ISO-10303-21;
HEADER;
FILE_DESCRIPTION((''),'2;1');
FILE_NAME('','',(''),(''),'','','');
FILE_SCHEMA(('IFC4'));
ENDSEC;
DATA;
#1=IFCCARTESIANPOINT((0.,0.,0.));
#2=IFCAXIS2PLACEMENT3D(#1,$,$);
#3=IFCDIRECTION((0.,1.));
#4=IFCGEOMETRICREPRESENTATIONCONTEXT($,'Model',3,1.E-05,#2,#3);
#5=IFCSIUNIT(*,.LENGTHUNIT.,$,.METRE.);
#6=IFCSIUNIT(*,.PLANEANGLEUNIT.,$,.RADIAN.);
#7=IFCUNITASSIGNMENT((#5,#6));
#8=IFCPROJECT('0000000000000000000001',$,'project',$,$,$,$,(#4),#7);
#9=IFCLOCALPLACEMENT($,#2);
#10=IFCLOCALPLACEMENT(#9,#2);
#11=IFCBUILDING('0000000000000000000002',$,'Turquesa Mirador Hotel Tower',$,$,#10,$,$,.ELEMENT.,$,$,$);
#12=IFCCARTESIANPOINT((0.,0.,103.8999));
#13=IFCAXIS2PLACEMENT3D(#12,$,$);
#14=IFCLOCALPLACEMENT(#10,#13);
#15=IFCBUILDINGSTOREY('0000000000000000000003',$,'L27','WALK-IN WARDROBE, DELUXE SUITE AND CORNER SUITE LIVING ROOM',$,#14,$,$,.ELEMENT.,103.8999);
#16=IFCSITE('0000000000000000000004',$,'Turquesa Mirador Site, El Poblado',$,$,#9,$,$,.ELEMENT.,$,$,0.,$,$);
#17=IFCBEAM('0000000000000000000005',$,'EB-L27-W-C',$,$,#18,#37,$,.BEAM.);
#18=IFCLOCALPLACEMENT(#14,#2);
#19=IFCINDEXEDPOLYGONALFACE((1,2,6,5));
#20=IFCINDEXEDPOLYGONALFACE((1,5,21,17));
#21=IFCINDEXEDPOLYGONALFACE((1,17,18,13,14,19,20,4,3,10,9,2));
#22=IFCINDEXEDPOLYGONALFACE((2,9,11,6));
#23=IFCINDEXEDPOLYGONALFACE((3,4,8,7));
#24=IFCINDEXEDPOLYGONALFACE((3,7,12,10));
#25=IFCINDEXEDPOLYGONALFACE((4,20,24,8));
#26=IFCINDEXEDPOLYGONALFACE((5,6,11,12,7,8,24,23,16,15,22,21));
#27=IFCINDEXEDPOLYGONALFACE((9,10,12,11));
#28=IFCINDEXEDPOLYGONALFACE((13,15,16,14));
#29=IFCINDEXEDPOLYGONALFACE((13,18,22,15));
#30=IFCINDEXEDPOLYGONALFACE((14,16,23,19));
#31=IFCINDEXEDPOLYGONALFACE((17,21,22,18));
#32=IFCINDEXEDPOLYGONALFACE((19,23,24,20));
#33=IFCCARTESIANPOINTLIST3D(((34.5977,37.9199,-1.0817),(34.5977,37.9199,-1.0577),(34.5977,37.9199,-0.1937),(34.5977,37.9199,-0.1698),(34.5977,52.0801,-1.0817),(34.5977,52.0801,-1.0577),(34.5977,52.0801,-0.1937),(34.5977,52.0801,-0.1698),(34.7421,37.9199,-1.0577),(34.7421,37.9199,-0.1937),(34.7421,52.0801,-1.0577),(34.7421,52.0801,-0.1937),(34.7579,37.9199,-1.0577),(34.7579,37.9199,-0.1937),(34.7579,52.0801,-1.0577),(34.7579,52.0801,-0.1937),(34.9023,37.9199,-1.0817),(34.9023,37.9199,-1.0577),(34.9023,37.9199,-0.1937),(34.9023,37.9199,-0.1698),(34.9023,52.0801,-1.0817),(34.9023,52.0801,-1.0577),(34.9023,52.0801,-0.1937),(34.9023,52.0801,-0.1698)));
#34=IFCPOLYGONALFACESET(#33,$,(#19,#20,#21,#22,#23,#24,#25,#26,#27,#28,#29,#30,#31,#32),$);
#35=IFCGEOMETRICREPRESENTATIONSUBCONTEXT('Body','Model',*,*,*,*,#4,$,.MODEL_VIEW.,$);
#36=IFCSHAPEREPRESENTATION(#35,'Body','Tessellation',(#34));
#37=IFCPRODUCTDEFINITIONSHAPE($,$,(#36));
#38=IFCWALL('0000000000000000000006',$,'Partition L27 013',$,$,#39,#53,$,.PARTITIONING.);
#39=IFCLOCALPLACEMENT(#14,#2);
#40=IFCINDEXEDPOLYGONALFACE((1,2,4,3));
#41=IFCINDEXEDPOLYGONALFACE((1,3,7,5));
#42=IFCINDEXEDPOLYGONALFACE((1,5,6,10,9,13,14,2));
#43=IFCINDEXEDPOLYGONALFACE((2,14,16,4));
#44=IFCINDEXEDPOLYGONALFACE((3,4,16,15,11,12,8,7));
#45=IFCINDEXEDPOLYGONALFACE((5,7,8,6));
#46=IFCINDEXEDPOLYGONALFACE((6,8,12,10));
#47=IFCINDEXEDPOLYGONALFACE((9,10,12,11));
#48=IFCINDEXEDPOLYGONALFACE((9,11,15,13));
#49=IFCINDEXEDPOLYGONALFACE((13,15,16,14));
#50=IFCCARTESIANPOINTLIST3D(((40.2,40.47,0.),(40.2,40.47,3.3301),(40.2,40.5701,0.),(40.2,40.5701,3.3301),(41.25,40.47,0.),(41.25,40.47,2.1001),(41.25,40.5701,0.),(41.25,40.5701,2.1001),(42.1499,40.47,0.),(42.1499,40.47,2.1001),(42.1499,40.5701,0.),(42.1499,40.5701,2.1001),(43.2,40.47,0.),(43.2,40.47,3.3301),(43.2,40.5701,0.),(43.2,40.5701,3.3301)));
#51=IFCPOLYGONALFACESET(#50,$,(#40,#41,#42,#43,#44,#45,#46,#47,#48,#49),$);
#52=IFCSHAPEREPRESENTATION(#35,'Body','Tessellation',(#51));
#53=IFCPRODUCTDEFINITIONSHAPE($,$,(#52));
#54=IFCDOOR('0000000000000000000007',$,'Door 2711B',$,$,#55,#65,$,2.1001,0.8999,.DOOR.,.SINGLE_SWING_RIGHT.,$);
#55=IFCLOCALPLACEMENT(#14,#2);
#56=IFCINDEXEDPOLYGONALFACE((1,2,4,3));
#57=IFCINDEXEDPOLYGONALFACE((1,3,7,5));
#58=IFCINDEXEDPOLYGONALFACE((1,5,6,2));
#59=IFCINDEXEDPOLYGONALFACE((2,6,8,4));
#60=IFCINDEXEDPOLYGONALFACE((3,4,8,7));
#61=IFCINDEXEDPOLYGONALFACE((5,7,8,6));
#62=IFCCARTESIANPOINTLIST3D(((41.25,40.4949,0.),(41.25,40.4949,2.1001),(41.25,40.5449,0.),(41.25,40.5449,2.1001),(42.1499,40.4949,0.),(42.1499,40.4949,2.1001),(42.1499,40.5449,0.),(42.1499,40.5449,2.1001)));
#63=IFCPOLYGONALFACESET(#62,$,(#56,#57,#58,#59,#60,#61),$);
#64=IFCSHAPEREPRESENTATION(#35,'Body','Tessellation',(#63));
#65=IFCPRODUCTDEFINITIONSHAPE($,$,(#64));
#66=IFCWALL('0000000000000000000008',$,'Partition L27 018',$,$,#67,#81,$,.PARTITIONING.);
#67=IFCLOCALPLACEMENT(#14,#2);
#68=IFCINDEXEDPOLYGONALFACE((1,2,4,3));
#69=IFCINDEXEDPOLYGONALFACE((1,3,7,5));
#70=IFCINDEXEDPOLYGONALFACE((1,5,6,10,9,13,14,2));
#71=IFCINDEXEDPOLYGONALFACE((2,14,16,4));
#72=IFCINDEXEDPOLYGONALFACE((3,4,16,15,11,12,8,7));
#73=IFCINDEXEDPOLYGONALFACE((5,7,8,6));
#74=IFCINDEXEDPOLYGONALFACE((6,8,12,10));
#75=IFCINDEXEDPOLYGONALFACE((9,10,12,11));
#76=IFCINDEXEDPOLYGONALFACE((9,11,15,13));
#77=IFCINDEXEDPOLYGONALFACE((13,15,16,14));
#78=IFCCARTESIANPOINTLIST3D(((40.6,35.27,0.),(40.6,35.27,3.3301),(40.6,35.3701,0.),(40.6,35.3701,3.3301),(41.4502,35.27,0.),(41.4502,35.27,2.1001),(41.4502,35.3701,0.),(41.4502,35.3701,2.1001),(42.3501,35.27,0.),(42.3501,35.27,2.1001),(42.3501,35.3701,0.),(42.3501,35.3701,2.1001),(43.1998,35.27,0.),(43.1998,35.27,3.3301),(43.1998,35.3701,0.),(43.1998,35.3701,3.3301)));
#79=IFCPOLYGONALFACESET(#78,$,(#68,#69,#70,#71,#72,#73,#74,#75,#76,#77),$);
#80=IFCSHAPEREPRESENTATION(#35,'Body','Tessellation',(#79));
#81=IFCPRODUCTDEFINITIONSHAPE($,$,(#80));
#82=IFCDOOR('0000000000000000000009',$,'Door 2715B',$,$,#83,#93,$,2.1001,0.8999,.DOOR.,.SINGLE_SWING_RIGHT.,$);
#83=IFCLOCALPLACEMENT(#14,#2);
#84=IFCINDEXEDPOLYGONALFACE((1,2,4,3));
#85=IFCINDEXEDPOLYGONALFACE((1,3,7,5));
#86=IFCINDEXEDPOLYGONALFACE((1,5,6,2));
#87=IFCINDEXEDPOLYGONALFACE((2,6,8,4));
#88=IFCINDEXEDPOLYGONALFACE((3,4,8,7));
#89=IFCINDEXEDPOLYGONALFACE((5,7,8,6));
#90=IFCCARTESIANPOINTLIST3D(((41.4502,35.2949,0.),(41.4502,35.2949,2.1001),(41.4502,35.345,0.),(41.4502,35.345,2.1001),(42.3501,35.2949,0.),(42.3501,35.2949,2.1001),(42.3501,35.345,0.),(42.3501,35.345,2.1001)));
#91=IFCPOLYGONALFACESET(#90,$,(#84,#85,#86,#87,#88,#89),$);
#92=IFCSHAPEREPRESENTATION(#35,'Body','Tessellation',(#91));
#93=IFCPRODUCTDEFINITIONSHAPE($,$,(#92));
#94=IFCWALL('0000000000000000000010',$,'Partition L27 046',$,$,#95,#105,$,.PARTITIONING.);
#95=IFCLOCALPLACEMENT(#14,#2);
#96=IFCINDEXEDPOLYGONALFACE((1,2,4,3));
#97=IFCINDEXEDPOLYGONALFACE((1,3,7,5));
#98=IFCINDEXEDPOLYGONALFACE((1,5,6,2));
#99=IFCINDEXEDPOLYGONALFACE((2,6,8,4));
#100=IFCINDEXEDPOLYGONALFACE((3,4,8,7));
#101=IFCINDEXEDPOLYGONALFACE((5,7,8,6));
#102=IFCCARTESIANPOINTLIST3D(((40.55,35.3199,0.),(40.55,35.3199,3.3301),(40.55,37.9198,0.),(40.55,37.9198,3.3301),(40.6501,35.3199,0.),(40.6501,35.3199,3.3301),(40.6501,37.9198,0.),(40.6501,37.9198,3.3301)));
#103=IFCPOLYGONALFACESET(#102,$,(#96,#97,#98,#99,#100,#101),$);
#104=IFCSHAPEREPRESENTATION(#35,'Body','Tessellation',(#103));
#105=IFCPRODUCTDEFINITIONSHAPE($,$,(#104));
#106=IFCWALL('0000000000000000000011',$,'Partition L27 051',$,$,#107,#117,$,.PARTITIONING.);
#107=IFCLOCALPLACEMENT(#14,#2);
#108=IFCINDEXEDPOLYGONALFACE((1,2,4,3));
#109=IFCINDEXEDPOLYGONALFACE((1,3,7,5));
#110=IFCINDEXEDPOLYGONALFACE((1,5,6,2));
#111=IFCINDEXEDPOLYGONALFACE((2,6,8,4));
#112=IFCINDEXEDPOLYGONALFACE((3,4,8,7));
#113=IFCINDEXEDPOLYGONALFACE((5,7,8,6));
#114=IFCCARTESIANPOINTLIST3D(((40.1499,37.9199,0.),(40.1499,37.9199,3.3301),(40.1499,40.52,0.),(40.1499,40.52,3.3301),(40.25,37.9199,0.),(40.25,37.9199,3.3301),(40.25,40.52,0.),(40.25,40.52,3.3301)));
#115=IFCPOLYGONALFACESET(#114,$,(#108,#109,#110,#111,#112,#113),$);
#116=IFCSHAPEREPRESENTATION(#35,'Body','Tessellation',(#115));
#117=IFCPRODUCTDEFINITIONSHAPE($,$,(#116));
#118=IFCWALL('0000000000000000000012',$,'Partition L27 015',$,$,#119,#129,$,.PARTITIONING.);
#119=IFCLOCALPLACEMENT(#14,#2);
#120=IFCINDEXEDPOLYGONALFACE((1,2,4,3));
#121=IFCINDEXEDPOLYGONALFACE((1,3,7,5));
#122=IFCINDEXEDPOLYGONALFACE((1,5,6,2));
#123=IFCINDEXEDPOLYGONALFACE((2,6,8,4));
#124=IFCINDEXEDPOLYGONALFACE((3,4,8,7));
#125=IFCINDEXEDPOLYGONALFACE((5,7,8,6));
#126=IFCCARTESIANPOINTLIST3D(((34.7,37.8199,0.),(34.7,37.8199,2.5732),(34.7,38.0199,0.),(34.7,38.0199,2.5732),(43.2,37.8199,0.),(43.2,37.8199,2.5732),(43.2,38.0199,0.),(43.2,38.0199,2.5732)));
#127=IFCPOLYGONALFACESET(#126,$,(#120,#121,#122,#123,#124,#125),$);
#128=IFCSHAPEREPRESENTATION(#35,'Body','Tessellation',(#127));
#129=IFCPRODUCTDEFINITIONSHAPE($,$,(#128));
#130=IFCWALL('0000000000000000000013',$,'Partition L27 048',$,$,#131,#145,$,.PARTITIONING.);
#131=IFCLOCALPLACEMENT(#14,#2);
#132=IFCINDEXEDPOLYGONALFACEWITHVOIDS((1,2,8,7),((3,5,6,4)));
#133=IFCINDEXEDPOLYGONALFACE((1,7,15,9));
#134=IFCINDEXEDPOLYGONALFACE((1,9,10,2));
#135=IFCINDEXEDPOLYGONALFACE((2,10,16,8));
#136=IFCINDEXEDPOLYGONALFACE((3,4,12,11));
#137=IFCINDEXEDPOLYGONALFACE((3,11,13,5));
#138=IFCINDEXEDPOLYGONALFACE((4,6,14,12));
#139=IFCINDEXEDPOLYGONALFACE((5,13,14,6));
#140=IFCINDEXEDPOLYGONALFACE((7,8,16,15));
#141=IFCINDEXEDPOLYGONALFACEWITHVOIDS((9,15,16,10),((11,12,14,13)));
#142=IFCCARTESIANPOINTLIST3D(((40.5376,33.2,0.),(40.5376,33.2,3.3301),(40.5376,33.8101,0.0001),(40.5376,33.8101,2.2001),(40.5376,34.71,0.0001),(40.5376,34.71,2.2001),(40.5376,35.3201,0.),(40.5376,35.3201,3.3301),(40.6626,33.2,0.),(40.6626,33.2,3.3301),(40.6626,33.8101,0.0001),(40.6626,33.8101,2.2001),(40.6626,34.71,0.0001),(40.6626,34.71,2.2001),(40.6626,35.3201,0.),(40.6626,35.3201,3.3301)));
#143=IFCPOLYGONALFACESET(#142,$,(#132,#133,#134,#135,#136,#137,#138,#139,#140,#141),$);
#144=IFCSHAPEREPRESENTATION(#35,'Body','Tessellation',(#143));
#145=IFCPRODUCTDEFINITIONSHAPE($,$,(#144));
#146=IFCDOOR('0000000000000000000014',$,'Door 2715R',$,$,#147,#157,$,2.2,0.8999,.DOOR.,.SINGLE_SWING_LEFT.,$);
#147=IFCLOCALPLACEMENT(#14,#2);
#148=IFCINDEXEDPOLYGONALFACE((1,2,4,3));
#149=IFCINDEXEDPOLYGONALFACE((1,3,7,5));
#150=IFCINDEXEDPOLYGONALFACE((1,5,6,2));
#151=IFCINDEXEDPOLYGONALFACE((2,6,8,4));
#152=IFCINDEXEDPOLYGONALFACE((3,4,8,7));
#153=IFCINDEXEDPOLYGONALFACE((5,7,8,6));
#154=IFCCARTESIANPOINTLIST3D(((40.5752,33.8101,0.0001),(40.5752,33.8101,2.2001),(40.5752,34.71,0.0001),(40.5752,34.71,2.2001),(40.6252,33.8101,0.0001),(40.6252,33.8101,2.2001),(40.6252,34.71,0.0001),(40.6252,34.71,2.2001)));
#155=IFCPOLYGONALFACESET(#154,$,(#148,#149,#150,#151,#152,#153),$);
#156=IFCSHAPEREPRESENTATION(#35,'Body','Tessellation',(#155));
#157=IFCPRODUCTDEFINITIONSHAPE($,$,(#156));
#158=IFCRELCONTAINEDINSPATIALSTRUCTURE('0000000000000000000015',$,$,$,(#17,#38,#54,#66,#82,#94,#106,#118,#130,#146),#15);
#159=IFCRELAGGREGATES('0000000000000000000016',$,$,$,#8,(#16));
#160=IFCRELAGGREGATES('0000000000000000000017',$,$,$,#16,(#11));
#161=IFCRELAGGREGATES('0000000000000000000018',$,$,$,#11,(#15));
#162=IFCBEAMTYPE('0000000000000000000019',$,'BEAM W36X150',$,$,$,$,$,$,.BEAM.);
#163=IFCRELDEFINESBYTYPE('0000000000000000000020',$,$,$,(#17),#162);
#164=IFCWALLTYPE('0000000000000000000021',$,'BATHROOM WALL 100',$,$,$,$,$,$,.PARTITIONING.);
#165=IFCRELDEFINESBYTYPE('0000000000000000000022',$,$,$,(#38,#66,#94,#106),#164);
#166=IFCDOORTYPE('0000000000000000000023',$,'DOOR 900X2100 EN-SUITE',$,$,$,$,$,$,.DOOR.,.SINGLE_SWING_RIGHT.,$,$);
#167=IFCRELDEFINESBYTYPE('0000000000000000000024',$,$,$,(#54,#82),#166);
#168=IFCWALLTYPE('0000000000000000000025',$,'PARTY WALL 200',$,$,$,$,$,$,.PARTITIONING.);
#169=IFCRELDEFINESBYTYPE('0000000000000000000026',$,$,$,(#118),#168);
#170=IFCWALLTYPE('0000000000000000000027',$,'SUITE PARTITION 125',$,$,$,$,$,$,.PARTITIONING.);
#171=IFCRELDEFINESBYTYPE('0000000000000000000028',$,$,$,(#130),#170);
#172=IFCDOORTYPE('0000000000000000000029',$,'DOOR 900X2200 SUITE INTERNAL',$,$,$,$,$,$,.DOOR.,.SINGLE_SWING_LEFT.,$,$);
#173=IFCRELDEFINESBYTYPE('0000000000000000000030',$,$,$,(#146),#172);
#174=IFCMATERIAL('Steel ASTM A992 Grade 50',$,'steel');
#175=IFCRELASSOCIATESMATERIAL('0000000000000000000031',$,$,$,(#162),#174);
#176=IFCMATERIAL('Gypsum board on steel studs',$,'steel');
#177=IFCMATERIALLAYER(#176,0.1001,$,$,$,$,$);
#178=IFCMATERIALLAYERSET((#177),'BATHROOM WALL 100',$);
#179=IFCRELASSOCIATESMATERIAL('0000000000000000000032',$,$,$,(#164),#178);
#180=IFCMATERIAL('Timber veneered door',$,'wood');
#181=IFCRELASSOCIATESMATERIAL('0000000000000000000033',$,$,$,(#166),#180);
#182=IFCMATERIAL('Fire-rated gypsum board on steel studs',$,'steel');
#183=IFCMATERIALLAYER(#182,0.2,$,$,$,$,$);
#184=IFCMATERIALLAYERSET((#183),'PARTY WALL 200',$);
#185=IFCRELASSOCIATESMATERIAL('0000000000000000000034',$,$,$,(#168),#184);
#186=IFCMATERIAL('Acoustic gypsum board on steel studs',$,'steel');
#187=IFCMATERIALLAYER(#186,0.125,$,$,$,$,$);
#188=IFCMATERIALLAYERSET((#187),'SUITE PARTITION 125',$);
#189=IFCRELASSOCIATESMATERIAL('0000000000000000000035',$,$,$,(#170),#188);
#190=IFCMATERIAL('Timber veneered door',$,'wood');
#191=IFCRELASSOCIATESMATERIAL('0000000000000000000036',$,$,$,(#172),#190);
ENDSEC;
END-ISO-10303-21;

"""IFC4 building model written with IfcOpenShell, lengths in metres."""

from ifc_helpers import new_model, si_unit, direction, frame, frame_2d, origin, origin_2d, place, context, subcontext, project, spatial, rectangle, i_section, extrude, material, layer, layer_set, material_profile, profile_set, type_object, element, fill, save


model = new_model("IFC4")

# Units and contexts
model_context = context("Model", 3, precision=1e-05, world=origin(), true_north=direction((0.0, 1.0)))
body_context = subcontext(model_context, "Body", "Model", "MODEL_VIEW")
ifc_project = project(units=[si_unit("LENGTHUNIT", "METRE"), si_unit("PLANEANGLEUNIT", "RADIAN")], contexts=[model_context])

# Site, building, storey
site_placement = place(None, origin())
site = spatial("IfcSite", under=ifc_project, at=site_placement, Name="Turquesa Mirador Site, El Poblado", CompositionType="ELEMENT", RefElevation=0.0)
building_placement = place(site_placement, origin())
building = spatial("IfcBuilding", under=site, at=building_placement, Name="Turquesa Mirador Hotel Tower", CompositionType="ELEMENT")
storey_placement = place(building_placement, frame((0.0, 0.0, 103.8999)))
storey = spatial("IfcBuildingStorey", under=building, at=storey_placement, Name="L27", Description="WALK-IN WARDROBE, DELUXE SUITE AND CORNER SUITE LIVING ROOM", CompositionType="ELEMENT", Elevation=103.8999)

# Beam
ifc_material_1 = material(Name="Steel ASTM A992 Grade 50", Category="steel")
ifc_material_profile_1 = material_profile(ifc_material_1, i_section(OverallWidth=0.3047, OverallDepth=0.9119, WebThickness=0.0159, FlangeThickness=0.0239, at=origin_2d()), Name="W36X150")
ifc_profile_set_1 = profile_set([ifc_material_profile_1], Name="Steel ASTM A992 Grade 50")
beam_type_1 = type_object("IfcBeamType", Name="BEAM W36X150", PredefinedType="BEAM", material=ifc_profile_set_1)
beam_1_placement = place(storey_placement, frame((34.75, 37.9199, -0.6257), z_axis=(0.0, 1.0, 0.0), x_axis=(-1.0, 0.0, 0.0)))
element("IfcBeam", 1, at=beam_1_placement, inside=storey, type_object=beam_type_1, Name="EB-L27-W-C", PredefinedType="BEAM", context=body_context, shape_type="SweptSolid", body=[
    extrude(i_section(OverallWidth=0.3047, OverallDepth=0.9119, WebThickness=0.0159, FlangeThickness=0.0239, at=origin_2d()), origin(), (0.0, 0.0, 1.0), 14.1602),
])

# Walls, openings, doors
ifc_material_2 = material(Name="Gypsum board on steel studs", Category="steel")
ifc_layer_1 = layer(ifc_material_2, 0.1001)
ifc_layer_set_1 = layer_set([ifc_layer_1], Name="BATHROOM WALL 100")
wall_type_1 = type_object("IfcWallType", Name="BATHROOM WALL 100", PredefinedType="PARTITIONING", material=ifc_layer_set_1)
wall_1_placement = place(storey_placement, frame((40.2, 40.52, 0.0), z_axis=(0.0, 0.0, 1.0), x_axis=(1.0, 0.0, 0.0)))
wall_1 = element("IfcWall", 2, at=wall_1_placement, inside=storey, type_object=wall_type_1, Name="Partition L27 013", PredefinedType="PARTITIONING", context=body_context, shape_type="SweptSolid", body=[
    extrude(rectangle(XDim=3.0, YDim=0.1001, at=frame_2d((1.5, 0.0))), origin(), (0.0, 0.0, 1.0), 3.3301),
])
opening_1_placement = place(wall_1_placement, frame((1.05, 0.0, 0.0)))
opening_1 = element("IfcOpeningElement", 3, at=opening_1_placement, cuts=wall_1, PredefinedType="OPENING", context=body_context, shape_type="SweptSolid", body=[
    extrude(rectangle(XDim=0.8999, YDim=2.1001, at=frame_2d((0.45, 1.05))), frame((0.0, 0.0601, 0.0), z_axis=(0.0, -1.0, 0.0), x_axis=(1.0, 0.0, 0.0)), (0.0, 0.0, 1.0), 0.1201),
])
ifc_material_3 = material(Name="Timber veneered door", Category="wood")
door_type_1 = type_object("IfcDoorType", Name="DOOR 900X2100 EN-SUITE", OperationType="SINGLE_SWING_RIGHT", PredefinedType="DOOR", material=ifc_material_3)
door_1_placement = place(opening_1_placement, origin())
door_1 = element("IfcDoor", 4, at=door_1_placement, inside=storey, type_object=door_type_1, Name="Door 2711B", OperationType="SINGLE_SWING_RIGHT", OverallHeight=2.1001, OverallWidth=0.8999, PredefinedType="DOOR", context=body_context, shape_type="SweptSolid", body=[
    extrude(rectangle(XDim=0.8999, YDim=2.1001, at=frame_2d((0.45, 1.05))), frame((0.0, 0.0249, 0.0), z_axis=(0.0, -1.0, 0.0), x_axis=(1.0, 0.0, 0.0)), (0.0, 0.0, 1.0), 0.05),
])
fill(opening_1, door_1)
wall_2_placement = place(storey_placement, frame((40.6001, 35.3201, 0.0), z_axis=(0.0, 0.0, 1.0), x_axis=(1.0, 0.0, 0.0)))
wall_2 = element("IfcWall", 5, at=wall_2_placement, inside=storey, type_object=wall_type_1, Name="Partition L27 018", PredefinedType="PARTITIONING", context=body_context, shape_type="SweptSolid", body=[
    extrude(rectangle(XDim=2.5999, YDim=0.1001, at=frame_2d((1.2998, 0.0))), origin(), (0.0, 0.0, 1.0), 3.3301),
])
opening_2_placement = place(wall_2_placement, frame((0.8501, 0.0, 0.0)))
opening_2 = element("IfcOpeningElement", 6, at=opening_2_placement, cuts=wall_2, PredefinedType="OPENING", context=body_context, shape_type="SweptSolid", body=[
    extrude(rectangle(XDim=0.8999, YDim=2.1001, at=frame_2d((0.45, 1.05))), frame((0.0, 0.0601, 0.0), z_axis=(0.0, -1.0, 0.0), x_axis=(1.0, 0.0, 0.0)), (0.0, 0.0, 1.0), 0.1201),
])
door_2_placement = place(opening_2_placement, origin())
door_2 = element("IfcDoor", 7, at=door_2_placement, inside=storey, type_object=door_type_1, Name="Door 2715B", OperationType="SINGLE_SWING_RIGHT", OverallHeight=2.1001, OverallWidth=0.8999, PredefinedType="DOOR", context=body_context, shape_type="SweptSolid", body=[
    extrude(rectangle(XDim=0.8999, YDim=2.1001, at=frame_2d((0.45, 1.05))), frame((0.0, 0.0249, 0.0), z_axis=(0.0, -1.0, 0.0), x_axis=(1.0, 0.0, 0.0)), (0.0, 0.0, 1.0), 0.05),
])
fill(opening_2, door_2)

# Walls
wall_3_placement = place(storey_placement, frame((40.6001, 35.3201, 0.0), z_axis=(0.0, 0.0, 1.0), x_axis=(0.0, 1.0, 0.0)))
element("IfcWall", 8, at=wall_3_placement, inside=storey, type_object=wall_type_1, Name="Partition L27 046", PredefinedType="PARTITIONING", context=body_context, shape_type="SweptSolid", body=[
    extrude(rectangle(XDim=2.5999, YDim=0.1001, at=frame_2d((1.2998, 0.0))), origin(), (0.0, 0.0, 1.0), 3.3301),
])
wall_4_placement = place(storey_placement, frame((40.2, 37.9199, 0.0), z_axis=(0.0, 0.0, 1.0), x_axis=(0.0, 1.0, 0.0)))
element("IfcWall", 9, at=wall_4_placement, inside=storey, type_object=wall_type_1, Name="Partition L27 051", PredefinedType="PARTITIONING", context=body_context, shape_type="SweptSolid", body=[
    extrude(rectangle(XDim=2.6001, YDim=0.1001, at=frame_2d((1.3, 0.0))), origin(), (0.0, 0.0, 1.0), 3.3301),
])
ifc_material_4 = material(Name="Fire-rated gypsum board on steel studs", Category="steel")
ifc_layer_2 = layer(ifc_material_4, 0.2)
ifc_layer_set_2 = layer_set([ifc_layer_2], Name="PARTY WALL 200")
wall_type_2 = type_object("IfcWallType", Name="PARTY WALL 200", PredefinedType="PARTITIONING", material=ifc_layer_set_2)
wall_5_placement = place(storey_placement, frame((34.7, 37.9199, 0.0), z_axis=(0.0, 0.0, 1.0), x_axis=(1.0, 0.0, 0.0)))
element("IfcWall", 10, at=wall_5_placement, inside=storey, type_object=wall_type_2, Name="Partition L27 015", PredefinedType="PARTITIONING", context=body_context, shape_type="SweptSolid", body=[
    extrude(rectangle(XDim=8.5, YDim=0.2, at=frame_2d((4.25, 0.0))), origin(), (0.0, 0.0, 1.0), 2.5732),
])

# Wall, opening, door
ifc_material_5 = material(Name="Acoustic gypsum board on steel studs", Category="steel")
ifc_layer_3 = layer(ifc_material_5, 0.125)
ifc_layer_set_3 = layer_set([ifc_layer_3], Name="SUITE PARTITION 125")
wall_type_3 = type_object("IfcWallType", Name="SUITE PARTITION 125", PredefinedType="PARTITIONING", material=ifc_layer_set_3)
wall_6_placement = place(storey_placement, frame((40.6001, 33.2, 0.0), z_axis=(0.0, 0.0, 1.0), x_axis=(0.0, 1.0, 0.0)))
wall_6 = element("IfcWall", 11, at=wall_6_placement, inside=storey, type_object=wall_type_3, Name="Partition L27 048", PredefinedType="PARTITIONING", context=body_context, shape_type="SweptSolid", body=[
    extrude(rectangle(XDim=2.1201, YDim=0.125, at=frame_2d((1.0601, 0.0))), origin(), (0.0, 0.0, 1.0), 3.3301),
])
opening_3_placement = place(wall_6_placement, frame((0.6101, 0.0, 0.0)))
opening_3 = element("IfcOpeningElement", 12, at=opening_3_placement, cuts=wall_6, PredefinedType="OPENING", context=body_context, shape_type="SweptSolid", body=[
    extrude(rectangle(XDim=0.8999, YDim=2.2, at=frame_2d((0.45, 1.1001))), frame((0.0, 0.0725, 0.0), z_axis=(0.0, -1.0, 0.0), x_axis=(1.0, 0.0, 0.0)), (0.0, 0.0, 1.0), 0.145),
])
ifc_material_6 = material(Name="Timber veneered door", Category="wood")
door_type_2 = type_object("IfcDoorType", Name="DOOR 900X2200 SUITE INTERNAL", OperationType="SINGLE_SWING_LEFT", PredefinedType="DOOR", material=ifc_material_6)
door_3_placement = place(opening_3_placement, origin())
door_3 = element("IfcDoor", 13, at=door_3_placement, inside=storey, type_object=door_type_2, Name="Door 2715R", OperationType="SINGLE_SWING_LEFT", OverallHeight=2.2, OverallWidth=0.8999, PredefinedType="DOOR", context=body_context, shape_type="SweptSolid", body=[
    extrude(rectangle(XDim=0.8999, YDim=2.2, at=frame_2d((0.45, 1.1001))), frame((0.0, 0.0249, 0.0), z_axis=(0.0, -1.0, 0.0), x_axis=(1.0, 0.0, 0.0)), (0.0, 0.0, 1.0), 0.05),
])
fill(opening_3, door_3)

save(model, "model.ifc")
